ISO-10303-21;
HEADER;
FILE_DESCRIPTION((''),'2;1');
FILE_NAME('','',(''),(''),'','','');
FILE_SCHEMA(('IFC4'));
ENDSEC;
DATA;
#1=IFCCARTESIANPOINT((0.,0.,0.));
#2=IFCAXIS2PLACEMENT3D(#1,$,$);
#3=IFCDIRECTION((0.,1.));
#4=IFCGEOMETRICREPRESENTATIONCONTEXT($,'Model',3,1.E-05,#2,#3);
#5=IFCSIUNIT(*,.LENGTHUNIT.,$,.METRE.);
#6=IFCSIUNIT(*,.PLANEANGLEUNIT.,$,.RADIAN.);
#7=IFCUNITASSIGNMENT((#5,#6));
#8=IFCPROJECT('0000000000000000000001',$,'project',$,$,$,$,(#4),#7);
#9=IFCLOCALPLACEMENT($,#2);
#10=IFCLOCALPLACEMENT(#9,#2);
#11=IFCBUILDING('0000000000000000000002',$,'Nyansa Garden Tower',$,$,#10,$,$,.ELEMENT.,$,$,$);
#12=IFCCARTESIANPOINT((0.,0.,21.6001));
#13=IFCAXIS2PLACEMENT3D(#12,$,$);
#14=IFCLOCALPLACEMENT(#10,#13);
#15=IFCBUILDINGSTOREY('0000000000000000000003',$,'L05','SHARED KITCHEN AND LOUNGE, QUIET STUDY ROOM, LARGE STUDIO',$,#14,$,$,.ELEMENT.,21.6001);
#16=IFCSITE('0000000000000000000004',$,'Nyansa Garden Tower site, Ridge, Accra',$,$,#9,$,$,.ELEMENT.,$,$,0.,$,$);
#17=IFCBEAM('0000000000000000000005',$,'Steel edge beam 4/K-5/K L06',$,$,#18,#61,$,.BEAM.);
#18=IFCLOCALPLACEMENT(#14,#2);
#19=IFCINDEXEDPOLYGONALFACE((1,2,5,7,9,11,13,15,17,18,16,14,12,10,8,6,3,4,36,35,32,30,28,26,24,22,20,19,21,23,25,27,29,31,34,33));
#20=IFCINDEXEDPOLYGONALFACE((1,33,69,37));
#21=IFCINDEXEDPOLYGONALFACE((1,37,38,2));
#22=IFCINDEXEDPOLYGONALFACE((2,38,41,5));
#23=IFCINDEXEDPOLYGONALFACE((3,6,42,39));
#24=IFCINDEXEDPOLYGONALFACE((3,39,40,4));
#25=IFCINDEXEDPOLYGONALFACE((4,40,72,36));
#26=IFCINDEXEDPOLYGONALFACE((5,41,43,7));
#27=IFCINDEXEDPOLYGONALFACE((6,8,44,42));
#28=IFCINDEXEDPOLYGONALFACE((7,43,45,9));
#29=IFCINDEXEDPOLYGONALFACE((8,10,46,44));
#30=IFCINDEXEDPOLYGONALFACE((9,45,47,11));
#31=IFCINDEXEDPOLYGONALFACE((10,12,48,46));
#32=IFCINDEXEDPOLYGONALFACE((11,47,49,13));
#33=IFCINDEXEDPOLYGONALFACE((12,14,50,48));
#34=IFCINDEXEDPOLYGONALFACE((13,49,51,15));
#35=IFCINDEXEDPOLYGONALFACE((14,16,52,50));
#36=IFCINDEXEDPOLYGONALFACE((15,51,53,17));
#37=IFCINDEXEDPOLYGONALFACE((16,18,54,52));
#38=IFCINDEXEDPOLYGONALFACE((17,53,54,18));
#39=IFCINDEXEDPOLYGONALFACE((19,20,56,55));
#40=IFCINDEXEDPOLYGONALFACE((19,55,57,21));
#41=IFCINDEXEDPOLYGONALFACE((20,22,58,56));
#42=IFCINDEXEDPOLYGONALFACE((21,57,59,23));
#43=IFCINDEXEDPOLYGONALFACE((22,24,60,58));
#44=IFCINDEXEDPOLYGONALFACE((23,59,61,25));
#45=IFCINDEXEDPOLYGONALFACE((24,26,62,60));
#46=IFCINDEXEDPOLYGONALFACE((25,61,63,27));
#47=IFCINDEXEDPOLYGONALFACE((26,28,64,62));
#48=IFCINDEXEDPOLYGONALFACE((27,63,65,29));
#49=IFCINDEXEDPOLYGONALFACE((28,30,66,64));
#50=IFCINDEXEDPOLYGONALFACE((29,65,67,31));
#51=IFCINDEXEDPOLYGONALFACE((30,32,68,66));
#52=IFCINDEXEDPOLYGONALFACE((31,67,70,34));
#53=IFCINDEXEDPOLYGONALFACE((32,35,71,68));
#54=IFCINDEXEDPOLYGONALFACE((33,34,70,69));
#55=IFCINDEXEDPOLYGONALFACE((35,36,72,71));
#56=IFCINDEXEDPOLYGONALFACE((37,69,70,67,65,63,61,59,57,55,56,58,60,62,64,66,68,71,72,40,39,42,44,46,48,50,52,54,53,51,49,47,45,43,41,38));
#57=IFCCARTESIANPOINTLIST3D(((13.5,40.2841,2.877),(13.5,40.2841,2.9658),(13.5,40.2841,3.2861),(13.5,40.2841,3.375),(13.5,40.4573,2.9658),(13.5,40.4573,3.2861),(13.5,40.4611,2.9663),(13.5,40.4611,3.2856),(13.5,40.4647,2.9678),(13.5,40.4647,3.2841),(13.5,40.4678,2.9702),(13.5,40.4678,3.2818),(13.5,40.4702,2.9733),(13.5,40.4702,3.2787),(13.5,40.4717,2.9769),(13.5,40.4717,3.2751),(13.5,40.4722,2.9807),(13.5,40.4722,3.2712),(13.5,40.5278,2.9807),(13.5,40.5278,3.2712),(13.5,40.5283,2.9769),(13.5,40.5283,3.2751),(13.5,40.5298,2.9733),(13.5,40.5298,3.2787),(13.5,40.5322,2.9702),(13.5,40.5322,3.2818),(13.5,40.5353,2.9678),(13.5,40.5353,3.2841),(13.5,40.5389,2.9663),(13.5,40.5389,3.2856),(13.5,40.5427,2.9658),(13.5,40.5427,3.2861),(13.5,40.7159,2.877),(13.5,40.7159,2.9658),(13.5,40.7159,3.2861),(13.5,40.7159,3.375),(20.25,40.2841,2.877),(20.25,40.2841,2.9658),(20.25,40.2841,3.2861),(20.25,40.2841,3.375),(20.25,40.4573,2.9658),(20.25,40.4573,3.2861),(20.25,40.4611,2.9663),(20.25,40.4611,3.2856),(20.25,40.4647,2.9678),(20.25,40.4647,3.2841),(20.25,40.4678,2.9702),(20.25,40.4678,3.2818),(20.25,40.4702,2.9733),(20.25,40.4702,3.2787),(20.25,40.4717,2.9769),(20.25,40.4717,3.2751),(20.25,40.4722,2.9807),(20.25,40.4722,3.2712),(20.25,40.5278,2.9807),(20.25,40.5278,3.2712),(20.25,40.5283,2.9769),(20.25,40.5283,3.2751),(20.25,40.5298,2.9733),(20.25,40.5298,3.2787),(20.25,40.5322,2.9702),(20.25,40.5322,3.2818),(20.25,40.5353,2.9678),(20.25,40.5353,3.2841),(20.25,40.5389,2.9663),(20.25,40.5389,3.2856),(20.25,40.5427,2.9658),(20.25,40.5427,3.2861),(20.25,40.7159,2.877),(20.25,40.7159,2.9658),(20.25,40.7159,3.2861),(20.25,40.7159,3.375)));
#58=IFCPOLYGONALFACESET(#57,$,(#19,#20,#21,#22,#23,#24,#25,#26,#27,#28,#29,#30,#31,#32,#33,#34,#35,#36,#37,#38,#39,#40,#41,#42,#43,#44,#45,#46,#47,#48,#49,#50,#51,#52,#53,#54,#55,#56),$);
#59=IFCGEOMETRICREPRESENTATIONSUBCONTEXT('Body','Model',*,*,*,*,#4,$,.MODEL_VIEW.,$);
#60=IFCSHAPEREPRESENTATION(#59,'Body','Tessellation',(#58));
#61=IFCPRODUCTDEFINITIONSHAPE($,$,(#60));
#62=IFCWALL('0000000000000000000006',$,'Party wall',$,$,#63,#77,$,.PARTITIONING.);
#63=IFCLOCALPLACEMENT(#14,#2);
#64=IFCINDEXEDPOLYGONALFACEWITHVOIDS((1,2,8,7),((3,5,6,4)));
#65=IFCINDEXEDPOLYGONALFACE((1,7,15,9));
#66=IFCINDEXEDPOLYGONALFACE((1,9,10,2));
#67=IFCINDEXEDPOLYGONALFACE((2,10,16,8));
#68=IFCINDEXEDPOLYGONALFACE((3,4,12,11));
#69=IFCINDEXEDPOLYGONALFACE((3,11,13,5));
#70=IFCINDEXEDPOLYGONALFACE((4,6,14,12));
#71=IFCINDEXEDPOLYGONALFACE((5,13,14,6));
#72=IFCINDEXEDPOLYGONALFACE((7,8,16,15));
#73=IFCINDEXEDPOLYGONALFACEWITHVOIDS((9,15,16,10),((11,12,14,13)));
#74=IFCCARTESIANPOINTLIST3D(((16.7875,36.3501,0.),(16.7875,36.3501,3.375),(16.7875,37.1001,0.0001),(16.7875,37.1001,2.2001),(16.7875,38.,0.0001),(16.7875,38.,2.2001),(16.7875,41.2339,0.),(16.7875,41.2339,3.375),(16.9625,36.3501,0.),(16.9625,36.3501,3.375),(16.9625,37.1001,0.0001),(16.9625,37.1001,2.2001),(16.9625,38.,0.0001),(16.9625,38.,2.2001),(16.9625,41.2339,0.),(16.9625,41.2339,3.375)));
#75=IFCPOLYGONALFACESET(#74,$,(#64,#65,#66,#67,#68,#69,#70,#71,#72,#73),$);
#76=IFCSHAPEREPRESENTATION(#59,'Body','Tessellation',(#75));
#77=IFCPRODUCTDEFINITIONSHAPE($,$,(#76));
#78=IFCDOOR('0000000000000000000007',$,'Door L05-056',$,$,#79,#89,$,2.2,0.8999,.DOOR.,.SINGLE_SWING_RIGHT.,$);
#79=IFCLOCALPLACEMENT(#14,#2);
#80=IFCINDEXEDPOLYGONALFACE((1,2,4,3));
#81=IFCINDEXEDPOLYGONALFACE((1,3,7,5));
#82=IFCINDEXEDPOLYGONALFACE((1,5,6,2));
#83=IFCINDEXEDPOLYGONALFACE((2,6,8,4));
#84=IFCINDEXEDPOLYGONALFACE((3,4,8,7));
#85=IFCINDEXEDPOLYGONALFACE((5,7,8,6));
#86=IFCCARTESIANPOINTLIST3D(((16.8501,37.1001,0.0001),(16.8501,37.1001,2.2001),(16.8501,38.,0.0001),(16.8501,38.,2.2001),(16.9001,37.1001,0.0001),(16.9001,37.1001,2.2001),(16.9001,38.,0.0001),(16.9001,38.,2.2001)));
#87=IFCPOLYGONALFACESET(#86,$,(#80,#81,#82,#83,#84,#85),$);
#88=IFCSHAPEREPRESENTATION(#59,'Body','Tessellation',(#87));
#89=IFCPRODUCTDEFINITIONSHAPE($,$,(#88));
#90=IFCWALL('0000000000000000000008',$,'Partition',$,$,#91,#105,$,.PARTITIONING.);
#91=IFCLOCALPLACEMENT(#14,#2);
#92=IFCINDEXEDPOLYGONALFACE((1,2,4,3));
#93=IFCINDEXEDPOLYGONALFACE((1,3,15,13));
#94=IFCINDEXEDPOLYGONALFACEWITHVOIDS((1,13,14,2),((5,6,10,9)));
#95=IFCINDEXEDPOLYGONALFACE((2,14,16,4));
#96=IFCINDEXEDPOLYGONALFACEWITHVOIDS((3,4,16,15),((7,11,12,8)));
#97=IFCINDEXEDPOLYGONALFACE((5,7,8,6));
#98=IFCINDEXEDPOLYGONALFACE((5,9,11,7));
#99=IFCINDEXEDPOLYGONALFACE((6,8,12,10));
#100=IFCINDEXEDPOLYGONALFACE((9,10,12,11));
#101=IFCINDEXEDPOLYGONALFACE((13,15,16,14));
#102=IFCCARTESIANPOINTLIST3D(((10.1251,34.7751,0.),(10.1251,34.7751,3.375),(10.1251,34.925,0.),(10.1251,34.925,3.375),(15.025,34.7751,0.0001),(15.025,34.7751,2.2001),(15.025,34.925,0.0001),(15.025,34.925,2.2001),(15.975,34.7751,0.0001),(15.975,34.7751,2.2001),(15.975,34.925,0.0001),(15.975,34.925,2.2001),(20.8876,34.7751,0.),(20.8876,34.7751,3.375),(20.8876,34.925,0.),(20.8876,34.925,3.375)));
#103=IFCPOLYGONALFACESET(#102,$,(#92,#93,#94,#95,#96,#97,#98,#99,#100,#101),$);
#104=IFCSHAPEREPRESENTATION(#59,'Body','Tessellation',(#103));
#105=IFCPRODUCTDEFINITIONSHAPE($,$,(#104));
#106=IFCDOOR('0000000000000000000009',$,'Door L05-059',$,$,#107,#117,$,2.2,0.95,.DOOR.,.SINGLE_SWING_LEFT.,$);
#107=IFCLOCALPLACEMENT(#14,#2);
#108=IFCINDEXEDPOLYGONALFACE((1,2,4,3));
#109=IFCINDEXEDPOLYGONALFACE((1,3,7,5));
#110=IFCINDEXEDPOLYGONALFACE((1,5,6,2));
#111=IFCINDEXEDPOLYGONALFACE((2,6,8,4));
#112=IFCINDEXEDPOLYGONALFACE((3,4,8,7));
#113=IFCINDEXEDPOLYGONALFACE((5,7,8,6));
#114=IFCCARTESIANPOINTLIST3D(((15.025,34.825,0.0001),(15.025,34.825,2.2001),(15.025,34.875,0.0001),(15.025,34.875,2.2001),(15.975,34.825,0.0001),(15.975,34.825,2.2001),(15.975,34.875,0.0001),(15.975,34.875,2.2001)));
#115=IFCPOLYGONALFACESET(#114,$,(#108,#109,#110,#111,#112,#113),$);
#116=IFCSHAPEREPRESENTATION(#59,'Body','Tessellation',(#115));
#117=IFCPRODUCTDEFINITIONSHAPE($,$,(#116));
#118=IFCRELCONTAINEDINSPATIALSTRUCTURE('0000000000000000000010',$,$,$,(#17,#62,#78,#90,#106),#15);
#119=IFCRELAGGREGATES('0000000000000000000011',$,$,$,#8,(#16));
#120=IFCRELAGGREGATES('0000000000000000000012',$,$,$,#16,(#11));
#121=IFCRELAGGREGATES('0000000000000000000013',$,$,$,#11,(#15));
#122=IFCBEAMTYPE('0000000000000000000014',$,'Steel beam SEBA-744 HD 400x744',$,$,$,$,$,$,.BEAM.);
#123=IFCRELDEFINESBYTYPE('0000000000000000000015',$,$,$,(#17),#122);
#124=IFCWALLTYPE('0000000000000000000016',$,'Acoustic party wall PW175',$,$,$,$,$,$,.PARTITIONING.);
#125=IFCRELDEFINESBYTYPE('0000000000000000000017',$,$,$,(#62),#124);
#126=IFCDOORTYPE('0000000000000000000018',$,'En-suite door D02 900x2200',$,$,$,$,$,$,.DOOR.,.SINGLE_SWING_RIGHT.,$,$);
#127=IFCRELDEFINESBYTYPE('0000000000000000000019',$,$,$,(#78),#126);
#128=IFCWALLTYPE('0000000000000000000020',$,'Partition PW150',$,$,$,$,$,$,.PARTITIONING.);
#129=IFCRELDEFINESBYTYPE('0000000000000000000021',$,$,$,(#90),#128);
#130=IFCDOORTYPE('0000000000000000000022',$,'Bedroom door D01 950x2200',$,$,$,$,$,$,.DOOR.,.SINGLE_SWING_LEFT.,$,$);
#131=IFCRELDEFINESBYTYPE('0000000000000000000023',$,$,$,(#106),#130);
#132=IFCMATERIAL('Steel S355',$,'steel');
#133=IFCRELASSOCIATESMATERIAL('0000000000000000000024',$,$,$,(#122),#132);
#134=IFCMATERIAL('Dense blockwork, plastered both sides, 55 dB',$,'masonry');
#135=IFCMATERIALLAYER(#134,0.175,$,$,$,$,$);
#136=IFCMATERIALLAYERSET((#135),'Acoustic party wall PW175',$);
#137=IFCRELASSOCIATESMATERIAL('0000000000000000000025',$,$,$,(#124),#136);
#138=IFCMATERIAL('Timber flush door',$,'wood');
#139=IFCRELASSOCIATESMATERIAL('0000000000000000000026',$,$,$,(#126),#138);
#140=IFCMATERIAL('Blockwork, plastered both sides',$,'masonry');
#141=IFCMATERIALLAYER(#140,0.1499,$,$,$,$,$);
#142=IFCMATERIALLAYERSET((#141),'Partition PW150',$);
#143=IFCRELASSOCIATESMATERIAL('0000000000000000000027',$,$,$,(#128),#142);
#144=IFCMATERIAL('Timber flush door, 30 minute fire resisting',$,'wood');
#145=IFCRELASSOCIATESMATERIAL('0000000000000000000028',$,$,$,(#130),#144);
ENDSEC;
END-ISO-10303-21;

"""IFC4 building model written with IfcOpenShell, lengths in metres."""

from ifc_helpers import new_model, si_unit, direction, frame, frame_2d, origin, origin_2d, place, context, subcontext, project, spatial, rectangle, i_section, extrude, material, layer, layer_set, material_profile, profile_set, type_object, element, fill, save


model = new_model("IFC4")

# Units and contexts
model_context = context("Model", 3, precision=1e-05, world=origin(), true_north=direction((0.0, 1.0)))
body_context = subcontext(model_context, "Body", "Model", "MODEL_VIEW")
ifc_project = project(units=[si_unit("LENGTHUNIT", "METRE"), si_unit("PLANEANGLEUNIT", "RADIAN")], contexts=[model_context])

# Site, building, storey
site_placement = place(None, origin())
site = spatial("IfcSite", under=ifc_project, at=site_placement, Name="Nyansa Garden Tower site, Ridge, Accra", CompositionType="ELEMENT", RefElevation=0.0)
building_placement = place(site_placement, origin())
building = spatial("IfcBuilding", under=site, at=building_placement, Name="Nyansa Garden Tower", CompositionType="ELEMENT")
storey_placement = place(building_placement, frame((0.0, 0.0, 21.6001)))
storey = spatial("IfcBuildingStorey", under=building, at=storey_placement, Name="L05", Description="SHARED KITCHEN AND LOUNGE, QUIET STUDY ROOM, LARGE STUDIO", CompositionType="ELEMENT", Elevation=21.6001)

# Beam
ifc_material_1 = material(Name="Steel S355", Category="steel")
ifc_material_profile_1 = material_profile(ifc_material_1, i_section(OverallWidth=0.4319, OverallDepth=0.498, WebThickness=0.0557, FlangeThickness=0.0889, FilletRadius=0.0149, at=origin_2d()), Name="HD 400x744")
ifc_profile_set_1 = profile_set([ifc_material_profile_1], Name="Steel S355")
beam_type_1 = type_object("IfcBeamType", Name="Steel beam SEBA-744 HD 400x744", PredefinedType="BEAM", material=ifc_profile_set_1)
beam_1_placement = place(storey_placement, frame((13.5, 40.5, 3.126), z_axis=(1.0, 0.0, 0.0), x_axis=(0.0, 1.0, 0.0)))
element("IfcBeam", 1, at=beam_1_placement, inside=storey, type_object=beam_type_1, Name="Steel edge beam 4/K-5/K L06", PredefinedType="BEAM", context=body_context, shape_type="SweptSolid", body=[
    extrude(i_section(OverallWidth=0.4319, OverallDepth=0.498, WebThickness=0.0557, FlangeThickness=0.0889, FilletRadius=0.0149, at=origin_2d()), origin(), (0.0, 0.0, 1.0), 6.75),
])

# Walls, openings, doors
ifc_material_2 = material(Name="Dense blockwork, plastered both sides, 55 dB", Category="masonry")
ifc_layer_1 = layer(ifc_material_2, 0.175)
ifc_layer_set_1 = layer_set([ifc_layer_1], Name="Acoustic party wall PW175")
wall_type_1 = type_object("IfcWallType", Name="Acoustic party wall PW175", PredefinedType="PARTITIONING", material=ifc_layer_set_1)
wall_1_placement = place(storey_placement, frame((16.875, 36.3501, 0.0), z_axis=(0.0, 0.0, 1.0), x_axis=(0.0, 1.0, 0.0)))
wall_1 = element("IfcWall", 2, at=wall_1_placement, inside=storey, type_object=wall_type_1, Name="Party wall", PredefinedType="PARTITIONING", context=body_context, shape_type="SweptSolid", body=[
    extrude(rectangle(XDim=4.8838, YDim=0.175, at=frame_2d((2.4419, 0.0))), origin(), (0.0, 0.0, 1.0), 3.375),
])
opening_1_placement = place(wall_1_placement, frame((0.75, 0.0, 0.0)))
opening_1 = element("IfcOpeningElement", 3, at=opening_1_placement, cuts=wall_1, PredefinedType="OPENING", context=body_context, shape_type="SweptSolid", body=[
    extrude(rectangle(XDim=0.8999, YDim=2.2, at=frame_2d((0.45, 1.1001))), frame((0.0, 0.0974, 0.0), z_axis=(0.0, -1.0, 0.0), x_axis=(1.0, 0.0, 0.0)), (0.0, 0.0, 1.0), 0.1951),
])
ifc_material_3 = material(Name="Timber flush door", Category="wood")
door_type_1 = type_object("IfcDoorType", Name="En-suite door D02 900x2200", OperationType="SINGLE_SWING_RIGHT", PredefinedType="DOOR", material=ifc_material_3)
door_1_placement = place(opening_1_placement, origin())
door_1 = element("IfcDoor", 4, at=door_1_placement, inside=storey, type_object=door_type_1, Name="Door L05-056", OperationType="SINGLE_SWING_RIGHT", OverallHeight=2.2, OverallWidth=0.8999, PredefinedType="DOOR", context=body_context, shape_type="SweptSolid", body=[
    extrude(rectangle(XDim=0.8999, YDim=2.2, at=frame_2d((0.45, 1.1001))), frame((0.0, 0.0249, 0.0), z_axis=(0.0, -1.0, 0.0), x_axis=(1.0, 0.0, 0.0)), (0.0, 0.0, 1.0), 0.05),
])
fill(opening_1, door_1)
ifc_material_4 = material(Name="Blockwork, plastered both sides", Category="masonry")
ifc_layer_2 = layer(ifc_material_4, 0.1499)
ifc_layer_set_2 = layer_set([ifc_layer_2], Name="Partition PW150")
wall_type_2 = type_object("IfcWallType", Name="Partition PW150", PredefinedType="PARTITIONING", material=ifc_layer_set_2)
wall_2_placement = place(storey_placement, frame((10.125, 34.8501, 0.0), z_axis=(0.0, 0.0, 1.0), x_axis=(1.0, 0.0, 0.0)))
wall_2 = element("IfcWall", 5, at=wall_2_placement, inside=storey, type_object=wall_type_2, Name="Partition", PredefinedType="PARTITIONING", context=body_context, shape_type="SweptSolid", body=[
    extrude(rectangle(XDim=10.7625, YDim=0.1499, at=frame_2d((5.3813, 0.0))), origin(), (0.0, 0.0, 1.0), 3.375),
])
opening_2_placement = place(wall_2_placement, frame((4.8999, 0.0, 0.0)))
opening_2 = element("IfcOpeningElement", 6, at=opening_2_placement, cuts=wall_2, PredefinedType="OPENING", context=body_context, shape_type="SweptSolid", body=[
    extrude(rectangle(XDim=0.95, YDim=2.2, at=frame_2d((0.4751, 1.1001))), frame((0.0, 0.085, 0.0), z_axis=(0.0, -1.0, 0.0), x_axis=(1.0, 0.0, 0.0)), (0.0, 0.0, 1.0), 0.1699),
])
ifc_material_5 = material(Name="Timber flush door, 30 minute fire resisting", Category="wood")
door_type_2 = type_object("IfcDoorType", Name="Bedroom door D01 950x2200", OperationType="SINGLE_SWING_LEFT", PredefinedType="DOOR", material=ifc_material_5)
door_2_placement = place(opening_2_placement, origin())
door_2 = element("IfcDoor", 7, at=door_2_placement, inside=storey, type_object=door_type_2, Name="Door L05-059", OperationType="SINGLE_SWING_LEFT", OverallHeight=2.2, OverallWidth=0.95, PredefinedType="DOOR", context=body_context, shape_type="SweptSolid", body=[
    extrude(rectangle(XDim=0.95, YDim=2.2, at=frame_2d((0.4751, 1.1001))), frame((0.0, 0.0249, 0.0), z_axis=(0.0, -1.0, 0.0), x_axis=(1.0, 0.0, 0.0)), (0.0, 0.0, 1.0), 0.05),
])
fill(opening_2, door_2)

save(model, "model.ifc")
